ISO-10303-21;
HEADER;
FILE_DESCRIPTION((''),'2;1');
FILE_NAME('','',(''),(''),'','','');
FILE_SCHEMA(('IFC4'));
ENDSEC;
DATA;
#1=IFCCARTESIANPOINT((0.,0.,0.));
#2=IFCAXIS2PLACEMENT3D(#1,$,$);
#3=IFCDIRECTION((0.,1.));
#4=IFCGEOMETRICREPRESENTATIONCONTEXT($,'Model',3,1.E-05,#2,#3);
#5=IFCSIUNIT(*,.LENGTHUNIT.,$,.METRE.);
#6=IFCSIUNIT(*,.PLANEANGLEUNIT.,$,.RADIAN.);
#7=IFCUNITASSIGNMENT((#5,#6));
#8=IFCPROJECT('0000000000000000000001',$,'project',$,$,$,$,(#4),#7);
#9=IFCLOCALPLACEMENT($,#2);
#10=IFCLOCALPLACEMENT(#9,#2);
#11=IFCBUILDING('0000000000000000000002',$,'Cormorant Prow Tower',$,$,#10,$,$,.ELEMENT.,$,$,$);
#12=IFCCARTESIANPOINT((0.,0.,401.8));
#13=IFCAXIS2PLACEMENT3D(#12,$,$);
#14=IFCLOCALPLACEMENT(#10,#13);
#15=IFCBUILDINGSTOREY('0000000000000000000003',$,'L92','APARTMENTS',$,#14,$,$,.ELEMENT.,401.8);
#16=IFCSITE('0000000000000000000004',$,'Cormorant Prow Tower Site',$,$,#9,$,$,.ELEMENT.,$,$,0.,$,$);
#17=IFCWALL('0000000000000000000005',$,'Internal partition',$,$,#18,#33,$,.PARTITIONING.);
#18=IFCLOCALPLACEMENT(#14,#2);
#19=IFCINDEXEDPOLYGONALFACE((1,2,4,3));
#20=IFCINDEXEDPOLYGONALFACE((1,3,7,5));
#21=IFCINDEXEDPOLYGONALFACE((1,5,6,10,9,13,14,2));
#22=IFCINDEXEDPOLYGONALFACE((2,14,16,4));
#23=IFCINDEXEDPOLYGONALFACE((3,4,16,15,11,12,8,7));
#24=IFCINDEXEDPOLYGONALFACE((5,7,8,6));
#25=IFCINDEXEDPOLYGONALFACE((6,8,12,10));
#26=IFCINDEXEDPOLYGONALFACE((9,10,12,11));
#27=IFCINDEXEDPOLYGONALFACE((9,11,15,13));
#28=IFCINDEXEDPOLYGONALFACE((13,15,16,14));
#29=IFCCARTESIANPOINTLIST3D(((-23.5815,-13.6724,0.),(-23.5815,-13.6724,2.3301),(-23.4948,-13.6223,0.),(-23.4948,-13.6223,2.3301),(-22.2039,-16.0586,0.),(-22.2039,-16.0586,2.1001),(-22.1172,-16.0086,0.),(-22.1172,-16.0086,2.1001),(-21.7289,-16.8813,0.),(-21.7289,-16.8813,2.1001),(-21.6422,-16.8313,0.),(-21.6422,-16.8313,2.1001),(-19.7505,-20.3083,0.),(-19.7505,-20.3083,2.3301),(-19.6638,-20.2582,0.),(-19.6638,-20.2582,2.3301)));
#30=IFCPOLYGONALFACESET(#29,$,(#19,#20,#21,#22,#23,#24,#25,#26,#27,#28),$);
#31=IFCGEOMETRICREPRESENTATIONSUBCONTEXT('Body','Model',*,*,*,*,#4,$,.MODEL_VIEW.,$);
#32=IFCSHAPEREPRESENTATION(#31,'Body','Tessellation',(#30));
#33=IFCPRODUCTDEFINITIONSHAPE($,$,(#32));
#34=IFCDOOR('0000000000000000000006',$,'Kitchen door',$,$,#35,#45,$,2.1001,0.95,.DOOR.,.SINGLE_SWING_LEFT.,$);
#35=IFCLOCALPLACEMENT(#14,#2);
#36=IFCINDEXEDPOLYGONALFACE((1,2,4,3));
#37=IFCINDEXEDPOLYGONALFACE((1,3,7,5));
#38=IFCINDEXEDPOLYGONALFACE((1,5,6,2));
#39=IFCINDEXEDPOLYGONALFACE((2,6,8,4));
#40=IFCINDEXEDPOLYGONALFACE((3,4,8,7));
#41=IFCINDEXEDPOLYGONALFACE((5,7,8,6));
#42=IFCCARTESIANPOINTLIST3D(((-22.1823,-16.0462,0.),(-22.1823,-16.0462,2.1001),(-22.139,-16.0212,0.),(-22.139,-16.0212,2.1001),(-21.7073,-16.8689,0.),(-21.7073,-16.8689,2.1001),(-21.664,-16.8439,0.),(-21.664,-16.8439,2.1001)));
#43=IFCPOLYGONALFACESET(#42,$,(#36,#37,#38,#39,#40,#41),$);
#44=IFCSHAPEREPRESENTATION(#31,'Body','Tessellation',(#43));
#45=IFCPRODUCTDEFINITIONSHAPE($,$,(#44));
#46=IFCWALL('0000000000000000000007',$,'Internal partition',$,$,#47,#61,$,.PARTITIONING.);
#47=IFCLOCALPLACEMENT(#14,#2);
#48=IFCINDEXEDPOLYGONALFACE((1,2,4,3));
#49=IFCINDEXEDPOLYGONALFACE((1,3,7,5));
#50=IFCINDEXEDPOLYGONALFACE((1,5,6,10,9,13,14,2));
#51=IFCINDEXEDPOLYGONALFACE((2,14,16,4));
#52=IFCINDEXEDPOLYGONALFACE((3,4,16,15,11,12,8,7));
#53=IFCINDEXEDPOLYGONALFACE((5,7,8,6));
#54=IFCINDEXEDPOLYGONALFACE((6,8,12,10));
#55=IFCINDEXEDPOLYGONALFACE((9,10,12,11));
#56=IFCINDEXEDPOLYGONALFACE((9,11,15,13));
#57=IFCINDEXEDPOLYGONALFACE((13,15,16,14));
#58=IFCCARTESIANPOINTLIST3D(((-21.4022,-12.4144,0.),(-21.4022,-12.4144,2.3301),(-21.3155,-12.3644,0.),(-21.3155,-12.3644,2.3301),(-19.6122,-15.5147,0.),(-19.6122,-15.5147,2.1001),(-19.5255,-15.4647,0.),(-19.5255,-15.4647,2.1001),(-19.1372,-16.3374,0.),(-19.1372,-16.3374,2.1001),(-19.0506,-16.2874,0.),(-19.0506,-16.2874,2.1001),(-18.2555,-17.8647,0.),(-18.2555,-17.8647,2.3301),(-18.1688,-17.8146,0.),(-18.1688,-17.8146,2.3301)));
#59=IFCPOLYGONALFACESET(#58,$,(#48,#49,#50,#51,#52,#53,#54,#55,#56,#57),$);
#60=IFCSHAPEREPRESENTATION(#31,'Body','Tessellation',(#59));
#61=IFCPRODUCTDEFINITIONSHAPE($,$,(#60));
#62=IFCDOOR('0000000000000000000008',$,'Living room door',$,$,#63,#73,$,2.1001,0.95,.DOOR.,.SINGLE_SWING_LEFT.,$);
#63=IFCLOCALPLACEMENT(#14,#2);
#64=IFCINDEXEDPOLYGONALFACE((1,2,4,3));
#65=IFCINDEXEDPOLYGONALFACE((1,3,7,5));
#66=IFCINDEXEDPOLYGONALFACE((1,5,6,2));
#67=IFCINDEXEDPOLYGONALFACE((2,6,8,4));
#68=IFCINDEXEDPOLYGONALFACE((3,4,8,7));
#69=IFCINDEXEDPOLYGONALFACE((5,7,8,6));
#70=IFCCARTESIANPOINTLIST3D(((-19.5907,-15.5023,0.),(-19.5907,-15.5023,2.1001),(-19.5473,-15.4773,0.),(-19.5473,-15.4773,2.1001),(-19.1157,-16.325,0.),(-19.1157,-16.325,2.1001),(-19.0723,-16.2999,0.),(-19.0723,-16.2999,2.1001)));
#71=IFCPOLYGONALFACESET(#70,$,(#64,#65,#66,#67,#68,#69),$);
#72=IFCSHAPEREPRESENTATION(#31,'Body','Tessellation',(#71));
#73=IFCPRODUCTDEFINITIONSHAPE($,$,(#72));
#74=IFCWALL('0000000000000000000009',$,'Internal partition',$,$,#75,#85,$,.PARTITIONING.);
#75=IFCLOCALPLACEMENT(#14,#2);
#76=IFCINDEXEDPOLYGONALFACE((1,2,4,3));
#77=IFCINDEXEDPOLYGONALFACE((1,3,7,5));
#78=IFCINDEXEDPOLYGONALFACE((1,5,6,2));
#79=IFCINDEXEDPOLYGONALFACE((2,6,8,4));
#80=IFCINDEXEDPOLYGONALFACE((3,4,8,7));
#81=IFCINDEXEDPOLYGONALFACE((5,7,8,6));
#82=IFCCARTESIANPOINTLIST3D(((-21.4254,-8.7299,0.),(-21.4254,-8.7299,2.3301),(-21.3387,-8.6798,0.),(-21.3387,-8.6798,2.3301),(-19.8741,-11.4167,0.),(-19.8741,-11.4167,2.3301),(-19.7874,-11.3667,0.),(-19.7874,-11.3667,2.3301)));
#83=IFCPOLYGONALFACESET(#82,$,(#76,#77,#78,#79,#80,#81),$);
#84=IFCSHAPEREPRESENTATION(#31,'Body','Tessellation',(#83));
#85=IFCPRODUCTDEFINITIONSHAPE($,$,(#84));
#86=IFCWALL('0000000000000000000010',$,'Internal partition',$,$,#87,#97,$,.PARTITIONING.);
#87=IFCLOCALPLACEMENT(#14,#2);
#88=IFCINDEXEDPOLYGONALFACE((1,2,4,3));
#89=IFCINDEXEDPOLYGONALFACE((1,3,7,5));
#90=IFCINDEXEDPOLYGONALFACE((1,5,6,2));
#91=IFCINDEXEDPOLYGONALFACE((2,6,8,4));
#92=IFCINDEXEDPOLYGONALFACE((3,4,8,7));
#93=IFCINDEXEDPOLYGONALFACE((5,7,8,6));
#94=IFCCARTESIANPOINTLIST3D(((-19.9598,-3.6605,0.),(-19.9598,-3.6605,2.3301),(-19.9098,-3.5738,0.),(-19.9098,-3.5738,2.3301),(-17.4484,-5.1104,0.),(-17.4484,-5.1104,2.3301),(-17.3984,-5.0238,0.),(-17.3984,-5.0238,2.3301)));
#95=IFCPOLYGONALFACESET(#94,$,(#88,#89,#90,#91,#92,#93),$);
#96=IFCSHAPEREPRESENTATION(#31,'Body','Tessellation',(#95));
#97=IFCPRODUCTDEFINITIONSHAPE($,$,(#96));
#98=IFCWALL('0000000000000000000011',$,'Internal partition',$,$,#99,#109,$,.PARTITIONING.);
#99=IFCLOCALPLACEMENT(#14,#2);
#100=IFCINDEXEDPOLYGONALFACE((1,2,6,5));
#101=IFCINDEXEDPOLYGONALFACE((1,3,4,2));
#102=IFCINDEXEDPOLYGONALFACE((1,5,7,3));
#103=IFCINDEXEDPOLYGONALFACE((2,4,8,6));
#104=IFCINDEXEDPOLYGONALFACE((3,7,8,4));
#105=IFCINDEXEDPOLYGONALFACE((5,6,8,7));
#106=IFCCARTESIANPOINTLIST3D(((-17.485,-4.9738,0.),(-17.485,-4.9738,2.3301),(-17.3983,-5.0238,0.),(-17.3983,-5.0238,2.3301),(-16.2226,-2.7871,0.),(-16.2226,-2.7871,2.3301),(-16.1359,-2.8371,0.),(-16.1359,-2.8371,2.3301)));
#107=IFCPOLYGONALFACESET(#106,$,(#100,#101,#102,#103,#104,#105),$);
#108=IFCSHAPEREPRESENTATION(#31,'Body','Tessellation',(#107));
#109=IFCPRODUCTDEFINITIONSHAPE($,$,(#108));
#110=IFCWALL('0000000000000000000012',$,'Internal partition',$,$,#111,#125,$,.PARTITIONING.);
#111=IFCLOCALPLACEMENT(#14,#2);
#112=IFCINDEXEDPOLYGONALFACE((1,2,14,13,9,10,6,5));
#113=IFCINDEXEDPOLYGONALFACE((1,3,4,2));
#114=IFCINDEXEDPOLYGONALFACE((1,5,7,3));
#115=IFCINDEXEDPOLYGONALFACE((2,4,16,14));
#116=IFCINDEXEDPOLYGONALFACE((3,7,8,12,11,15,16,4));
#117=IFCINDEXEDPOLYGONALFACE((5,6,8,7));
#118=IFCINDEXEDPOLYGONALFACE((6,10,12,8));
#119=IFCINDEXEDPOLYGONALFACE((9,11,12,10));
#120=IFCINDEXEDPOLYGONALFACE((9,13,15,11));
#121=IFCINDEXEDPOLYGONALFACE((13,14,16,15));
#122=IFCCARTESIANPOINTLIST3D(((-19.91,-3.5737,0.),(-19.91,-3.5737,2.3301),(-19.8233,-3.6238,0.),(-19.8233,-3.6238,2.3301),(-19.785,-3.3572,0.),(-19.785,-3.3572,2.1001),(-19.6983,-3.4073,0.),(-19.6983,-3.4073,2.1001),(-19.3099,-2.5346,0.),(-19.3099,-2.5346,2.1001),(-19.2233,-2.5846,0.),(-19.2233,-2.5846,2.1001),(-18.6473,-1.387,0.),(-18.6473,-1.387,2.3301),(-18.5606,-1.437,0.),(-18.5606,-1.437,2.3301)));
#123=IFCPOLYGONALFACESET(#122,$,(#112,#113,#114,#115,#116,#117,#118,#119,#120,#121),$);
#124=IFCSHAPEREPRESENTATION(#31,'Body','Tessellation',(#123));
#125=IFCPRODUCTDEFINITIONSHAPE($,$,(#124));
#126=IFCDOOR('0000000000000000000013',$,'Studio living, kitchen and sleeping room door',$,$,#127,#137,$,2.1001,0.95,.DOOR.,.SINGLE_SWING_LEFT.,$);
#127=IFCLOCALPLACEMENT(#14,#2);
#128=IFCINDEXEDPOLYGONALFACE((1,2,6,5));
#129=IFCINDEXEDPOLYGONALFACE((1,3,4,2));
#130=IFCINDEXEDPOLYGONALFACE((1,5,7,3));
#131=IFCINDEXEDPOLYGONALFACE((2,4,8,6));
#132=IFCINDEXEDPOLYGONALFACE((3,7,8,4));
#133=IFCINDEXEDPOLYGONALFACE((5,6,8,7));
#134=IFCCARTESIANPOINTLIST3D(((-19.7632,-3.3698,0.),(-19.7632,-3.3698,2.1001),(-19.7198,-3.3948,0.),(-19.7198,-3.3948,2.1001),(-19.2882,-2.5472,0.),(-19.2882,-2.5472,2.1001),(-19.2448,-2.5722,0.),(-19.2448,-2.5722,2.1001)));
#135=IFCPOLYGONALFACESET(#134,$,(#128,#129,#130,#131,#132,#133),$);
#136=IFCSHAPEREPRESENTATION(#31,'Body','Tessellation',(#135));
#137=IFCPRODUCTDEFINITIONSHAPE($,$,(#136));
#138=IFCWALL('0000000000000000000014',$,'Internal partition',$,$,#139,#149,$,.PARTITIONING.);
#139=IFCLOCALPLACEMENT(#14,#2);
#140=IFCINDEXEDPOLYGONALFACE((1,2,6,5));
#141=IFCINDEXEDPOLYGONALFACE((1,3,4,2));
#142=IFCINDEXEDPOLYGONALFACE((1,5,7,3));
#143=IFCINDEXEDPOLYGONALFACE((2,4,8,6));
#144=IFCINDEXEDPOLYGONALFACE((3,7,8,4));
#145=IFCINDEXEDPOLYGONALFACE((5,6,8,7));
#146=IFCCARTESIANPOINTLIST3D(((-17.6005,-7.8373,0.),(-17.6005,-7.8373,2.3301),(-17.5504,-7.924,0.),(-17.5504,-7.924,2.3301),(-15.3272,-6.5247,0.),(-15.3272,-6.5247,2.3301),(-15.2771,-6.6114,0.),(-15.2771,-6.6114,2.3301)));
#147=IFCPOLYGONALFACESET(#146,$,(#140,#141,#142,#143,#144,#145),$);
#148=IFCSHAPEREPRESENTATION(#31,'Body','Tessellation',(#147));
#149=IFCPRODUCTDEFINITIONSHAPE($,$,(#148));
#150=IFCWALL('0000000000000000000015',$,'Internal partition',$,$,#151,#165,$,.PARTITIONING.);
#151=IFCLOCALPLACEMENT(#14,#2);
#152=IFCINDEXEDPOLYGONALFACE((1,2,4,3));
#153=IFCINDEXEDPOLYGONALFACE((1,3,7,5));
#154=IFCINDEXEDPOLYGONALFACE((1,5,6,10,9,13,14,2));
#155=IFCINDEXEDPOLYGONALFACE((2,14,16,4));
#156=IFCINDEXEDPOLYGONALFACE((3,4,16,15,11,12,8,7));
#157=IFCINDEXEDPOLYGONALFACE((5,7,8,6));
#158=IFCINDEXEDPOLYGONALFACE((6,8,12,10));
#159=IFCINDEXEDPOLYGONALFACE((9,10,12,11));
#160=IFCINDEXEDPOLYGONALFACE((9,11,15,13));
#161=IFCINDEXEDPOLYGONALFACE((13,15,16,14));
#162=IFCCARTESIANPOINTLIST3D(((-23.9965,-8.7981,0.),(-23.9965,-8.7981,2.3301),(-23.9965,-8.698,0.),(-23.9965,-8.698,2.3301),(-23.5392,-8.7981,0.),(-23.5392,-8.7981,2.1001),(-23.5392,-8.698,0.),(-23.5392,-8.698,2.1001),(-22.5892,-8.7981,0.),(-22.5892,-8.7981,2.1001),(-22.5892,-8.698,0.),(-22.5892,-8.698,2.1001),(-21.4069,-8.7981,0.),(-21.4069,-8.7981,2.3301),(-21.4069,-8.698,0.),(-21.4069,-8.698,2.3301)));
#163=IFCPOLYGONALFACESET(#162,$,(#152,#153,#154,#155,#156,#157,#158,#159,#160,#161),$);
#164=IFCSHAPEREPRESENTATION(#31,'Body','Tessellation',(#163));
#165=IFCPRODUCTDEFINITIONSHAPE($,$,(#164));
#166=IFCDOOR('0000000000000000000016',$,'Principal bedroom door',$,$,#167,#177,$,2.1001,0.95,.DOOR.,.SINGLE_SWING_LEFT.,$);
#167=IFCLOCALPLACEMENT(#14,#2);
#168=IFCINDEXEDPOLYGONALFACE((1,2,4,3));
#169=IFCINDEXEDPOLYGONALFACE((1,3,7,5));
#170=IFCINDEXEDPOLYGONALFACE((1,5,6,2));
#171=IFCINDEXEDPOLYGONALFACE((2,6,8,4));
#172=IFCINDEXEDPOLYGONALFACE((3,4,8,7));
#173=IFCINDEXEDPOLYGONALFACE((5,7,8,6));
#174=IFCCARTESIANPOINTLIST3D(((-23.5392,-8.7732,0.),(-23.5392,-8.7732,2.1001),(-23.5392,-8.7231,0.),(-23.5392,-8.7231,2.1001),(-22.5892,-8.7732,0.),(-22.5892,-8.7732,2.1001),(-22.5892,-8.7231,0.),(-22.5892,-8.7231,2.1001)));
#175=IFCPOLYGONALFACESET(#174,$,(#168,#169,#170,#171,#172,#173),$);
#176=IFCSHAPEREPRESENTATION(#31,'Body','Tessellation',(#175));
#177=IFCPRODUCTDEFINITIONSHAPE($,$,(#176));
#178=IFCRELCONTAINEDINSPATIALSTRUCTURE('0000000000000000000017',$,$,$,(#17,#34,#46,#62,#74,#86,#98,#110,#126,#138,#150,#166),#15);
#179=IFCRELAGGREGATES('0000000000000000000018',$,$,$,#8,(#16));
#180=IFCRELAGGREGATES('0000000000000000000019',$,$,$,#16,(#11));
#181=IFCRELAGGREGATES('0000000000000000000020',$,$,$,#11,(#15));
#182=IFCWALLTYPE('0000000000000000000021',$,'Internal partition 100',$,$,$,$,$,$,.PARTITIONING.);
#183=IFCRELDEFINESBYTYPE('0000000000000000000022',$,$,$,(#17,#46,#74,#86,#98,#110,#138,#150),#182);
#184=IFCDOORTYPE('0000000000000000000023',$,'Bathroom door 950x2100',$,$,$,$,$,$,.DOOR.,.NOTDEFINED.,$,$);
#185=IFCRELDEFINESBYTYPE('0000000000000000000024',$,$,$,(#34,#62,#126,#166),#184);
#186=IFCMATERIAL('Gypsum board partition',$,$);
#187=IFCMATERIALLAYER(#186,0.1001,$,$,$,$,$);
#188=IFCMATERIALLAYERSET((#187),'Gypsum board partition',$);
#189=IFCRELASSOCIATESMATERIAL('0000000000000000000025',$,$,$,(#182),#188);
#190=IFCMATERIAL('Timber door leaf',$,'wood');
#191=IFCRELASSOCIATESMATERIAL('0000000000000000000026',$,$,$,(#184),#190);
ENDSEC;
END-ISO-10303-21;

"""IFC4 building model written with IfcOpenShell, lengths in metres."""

from ifc_helpers import new_model, si_unit, direction, frame, frame_2d, origin, place, context, subcontext, project, spatial, rectangle, extrude, material, layer, layer_set, type_object, element, fill, save


model = new_model("IFC4")

# Units and contexts
model_context = context("Model", 3, precision=1e-05, world=origin(), true_north=direction((0.0, 1.0)))
body_context = subcontext(model_context, "Body", "Model", "MODEL_VIEW")
ifc_project = project(units=[si_unit("LENGTHUNIT", "METRE"), si_unit("PLANEANGLEUNIT", "RADIAN")], contexts=[model_context])

# Site, building, storey
site_placement = place(None, origin())
site = spatial("IfcSite", under=ifc_project, at=site_placement, Name="Cormorant Prow Tower Site", CompositionType="ELEMENT", RefElevation=0.0)
building_placement = place(site_placement, origin())
building = spatial("IfcBuilding", under=site, at=building_placement, Name="Cormorant Prow Tower", CompositionType="ELEMENT")
storey_placement = place(building_placement, frame((0.0, 0.0, 401.8)))
storey = spatial("IfcBuildingStorey", under=building, at=storey_placement, Name="L92", Description="APARTMENTS", CompositionType="ELEMENT", Elevation=401.8)

# Walls, openings, doors
ifc_material_1 = material(Name="Gypsum board partition")
ifc_layer_1 = layer(ifc_material_1, 0.1001)
ifc_layer_set_1 = layer_set([ifc_layer_1], Name="Gypsum board partition")
wall_type_1 = type_object("IfcWallType", Name="Internal partition 100", PredefinedType="PARTITIONING", material=ifc_layer_set_1)
wall_1_placement = place(storey_placement, frame((-23.5381, -13.6475, 0.0), z_axis=(0.0, 0.0, 1.0), x_axis=(0.499977, -0.866039, 0.0)))
wall_1 = element("IfcWall", 1, at=wall_1_placement, inside=storey, type_object=wall_type_1, Name="Internal partition", PredefinedType="PARTITIONING", context=body_context, shape_type="SweptSolid", body=[
    extrude(rectangle(XDim=7.6624, YDim=0.1001, at=frame_2d((3.8311, 0.0))), origin(), (0.0, 0.0, 1.0), 2.3301),
])
opening_1_placement = place(wall_1_placement, frame((2.7551, 0.0, 0.0)))
opening_1 = element("IfcOpeningElement", 2, at=opening_1_placement, cuts=wall_1, PredefinedType="OPENING", context=body_context, shape_type="SweptSolid", body=[
    extrude(rectangle(XDim=0.95, YDim=2.1001, at=frame_2d((0.4751, 1.05))), frame((0.0, 0.0601, 0.0), z_axis=(0.0, -1.0, 0.0), x_axis=(1.0, 0.0, 0.0)), (0.0, 0.0, 1.0), 0.1201),
])
ifc_material_2 = material(Name="Timber door leaf", Category="wood")
door_type_1 = type_object("IfcDoorType", Name="Bathroom door 950x2100", OperationType="NOTDEFINED", PredefinedType="DOOR", material=ifc_material_2)
door_1_placement = place(opening_1_placement, origin())
door_1 = element("IfcDoor", 3, at=door_1_placement, inside=storey, type_object=door_type_1, Name="Kitchen door", OperationType="SINGLE_SWING_LEFT", OverallHeight=2.1001, OverallWidth=0.95, PredefinedType="DOOR", context=body_context, shape_type="SweptSolid", body=[
    extrude(rectangle(XDim=0.95, YDim=2.1001, at=frame_2d((0.4751, 1.05))), frame((0.0, 0.0249, 0.0), z_axis=(0.0, -1.0, 0.0), x_axis=(1.0, 0.0, 0.0)), (0.0, 0.0, 1.0), 0.05),
])
fill(opening_1, door_1)
wall_2_placement = place(storey_placement, frame((-21.3589, -12.3894, 0.0), z_axis=(0.0, 0.0, 1.0), x_axis=(0.500007, -0.866021, 0.0)))
wall_2 = element("IfcWall", 4, at=wall_2_placement, inside=storey, type_object=wall_type_1, Name="Internal partition", PredefinedType="PARTITIONING", context=body_context, shape_type="SweptSolid", body=[
    extrude(rectangle(XDim=6.2935, YDim=0.1001, at=frame_2d((3.1467, 0.0))), origin(), (0.0, 0.0, 1.0), 2.3301),
])
opening_2_placement = place(wall_2_placement, frame((3.5798, 0.0, 0.0)))
opening_2 = element("IfcOpeningElement", 5, at=opening_2_placement, cuts=wall_2, PredefinedType="OPENING", context=body_context, shape_type="SweptSolid", body=[
    extrude(rectangle(XDim=0.95, YDim=2.1001, at=frame_2d((0.4751, 1.05))), frame((0.0, 0.0601, 0.0), z_axis=(0.0, -1.0, 0.0), x_axis=(1.0, 0.0, 0.0)), (0.0, 0.0, 1.0), 0.1201),
])
door_2_placement = place(opening_2_placement, origin())
door_2 = element("IfcDoor", 6, at=door_2_placement, inside=storey, type_object=door_type_1, Name="Living room door", OperationType="SINGLE_SWING_LEFT", OverallHeight=2.1001, OverallWidth=0.95, PredefinedType="DOOR", context=body_context, shape_type="SweptSolid", body=[
    extrude(rectangle(XDim=0.95, YDim=2.1001, at=frame_2d((0.4751, 1.05))), frame((0.0, 0.0249, 0.0), z_axis=(0.0, -1.0, 0.0), x_axis=(1.0, 0.0, 0.0)), (0.0, 0.0, 1.0), 0.05),
])
fill(opening_2, door_2)

# Walls
wall_3_placement = place(storey_placement, frame((-21.3821, -8.7048, 0.0), z_axis=(0.0, 0.0, 1.0), x_axis=(0.500015, -0.866017, 0.0)))
element("IfcWall", 7, at=wall_3_placement, inside=storey, type_object=wall_type_1, Name="Internal partition", PredefinedType="PARTITIONING", context=body_context, shape_type="SweptSolid", body=[
    extrude(rectangle(XDim=3.1025, YDim=0.1001, at=frame_2d((1.5513, 0.0))), origin(), (0.0, 0.0, 1.0), 2.3301),
])
wall_4_placement = place(storey_placement, frame((-19.9348, -3.6172, 0.0), z_axis=(0.0, 0.0, 1.0), x_axis=(0.866033, -0.499987, 0.0)))
element("IfcWall", 8, at=wall_4_placement, inside=storey, type_object=wall_type_1, Name="Internal partition", PredefinedType="PARTITIONING", context=body_context, shape_type="SweptSolid", body=[
    extrude(rectangle(XDim=2.8999, YDim=0.1001, at=frame_2d((1.45, 0.0))), origin(), (0.0, 0.0, 1.0), 2.3301),
])
wall_5_placement = place(storey_placement, frame((-17.4417, -4.9988, 0.0), z_axis=(0.0, 0.0, 1.0), x_axis=(0.499976, 0.866039, 0.0)))
element("IfcWall", 9, at=wall_5_placement, inside=storey, type_object=wall_type_1, Name="Internal partition", PredefinedType="PARTITIONING", context=body_context, shape_type="SweptSolid", body=[
    extrude(rectangle(XDim=2.5249, YDim=0.1001, at=frame_2d((1.2625, 0.0))), origin(), (0.0, 0.0, 1.0), 2.3301),
])

# Wall, opening, door
wall_6_placement = place(storey_placement, frame((-19.8667, -3.5989, 0.0), z_axis=(0.0, 0.0, 1.0), x_axis=(0.500049, 0.865997, 0.0)))
wall_6 = element("IfcWall", 10, at=wall_6_placement, inside=storey, type_object=wall_type_1, Name="Internal partition", PredefinedType="PARTITIONING", context=body_context, shape_type="SweptSolid", body=[
    extrude(rectangle(XDim=2.5251, YDim=0.1001, at=frame_2d((1.2627, 0.0))), origin(), (0.0, 0.0, 1.0), 2.3301),
])
opening_3_placement = place(wall_6_placement, frame((0.25, 0.0, 0.0)))
opening_3 = element("IfcOpeningElement", 11, at=opening_3_placement, cuts=wall_6, PredefinedType="OPENING", context=body_context, shape_type="SweptSolid", body=[
    extrude(rectangle(XDim=0.95, YDim=2.1001, at=frame_2d((0.4751, 1.05))), frame((0.0, 0.0601, 0.0), z_axis=(0.0, -1.0, 0.0), x_axis=(1.0, 0.0, 0.0)), (0.0, 0.0, 1.0), 0.1201),
])
door_3_placement = place(opening_3_placement, origin())
door_3 = element("IfcDoor", 12, at=door_3_placement, inside=storey, type_object=door_type_1, Name="Studio living, kitchen and sleeping room door", OperationType="SINGLE_SWING_LEFT", OverallHeight=2.1001, OverallWidth=0.95, PredefinedType="DOOR", context=body_context, shape_type="SweptSolid", body=[
    extrude(rectangle(XDim=0.95, YDim=2.1001, at=frame_2d((0.4751, 1.05))), frame((0.0, 0.0249, 0.0), z_axis=(0.0, -1.0, 0.0), x_axis=(1.0, 0.0, 0.0)), (0.0, 0.0, 1.0), 0.05),
])
fill(opening_3, door_3)

# Wall
wall_7_placement = place(storey_placement, frame((-17.5754, -7.8806, 0.0), z_axis=(0.0, 0.0, 1.0), x_axis=(0.866014, 0.50002, 0.0)))
element("IfcWall", 13, at=wall_7_placement, inside=storey, type_object=wall_type_1, Name="Internal partition", PredefinedType="PARTITIONING", context=body_context, shape_type="SweptSolid", body=[
    extrude(rectangle(XDim=2.625, YDim=0.1001, at=frame_2d((1.3125, 0.0))), origin(), (0.0, 0.0, 1.0), 2.3301),
])

# Wall, opening, door
wall_8_placement = place(storey_placement, frame((-23.9966, -8.748, 0.0), z_axis=(0.0, 0.0, 1.0), x_axis=(1.0, 0.0, 0.0)))
wall_8 = element("IfcWall", 14, at=wall_8_placement, inside=storey, type_object=wall_type_1, Name="Internal partition", PredefinedType="PARTITIONING", context=body_context, shape_type="SweptSolid", body=[
    extrude(rectangle(XDim=2.5896, YDim=0.1001, at=frame_2d((1.2949, 0.0))), origin(), (0.0, 0.0, 1.0), 2.3301),
])
opening_4_placement = place(wall_8_placement, frame((0.4573, 0.0, 0.0)))
opening_4 = element("IfcOpeningElement", 15, at=opening_4_placement, cuts=wall_8, PredefinedType="OPENING", context=body_context, shape_type="SweptSolid", body=[
    extrude(rectangle(XDim=0.95, YDim=2.1001, at=frame_2d((0.4751, 1.05))), frame((0.0, 0.0601, 0.0), z_axis=(0.0, -1.0, 0.0), x_axis=(1.0, 0.0, 0.0)), (0.0, 0.0, 1.0), 0.1201),
])
door_4_placement = place(opening_4_placement, origin())
door_4 = element("IfcDoor", 16, at=door_4_placement, inside=storey, type_object=door_type_1, Name="Principal bedroom door", OperationType="SINGLE_SWING_LEFT", OverallHeight=2.1001, OverallWidth=0.95, PredefinedType="DOOR", context=body_context, shape_type="SweptSolid", body=[
    extrude(rectangle(XDim=0.95, YDim=2.1001, at=frame_2d((0.4751, 1.05))), frame((0.0, 0.0249, 0.0), z_axis=(0.0, -1.0, 0.0), x_axis=(1.0, 0.0, 0.0)), (0.0, 0.0, 1.0), 0.05),
])
fill(opening_4, door_4)

save(model, "model.ifc")
